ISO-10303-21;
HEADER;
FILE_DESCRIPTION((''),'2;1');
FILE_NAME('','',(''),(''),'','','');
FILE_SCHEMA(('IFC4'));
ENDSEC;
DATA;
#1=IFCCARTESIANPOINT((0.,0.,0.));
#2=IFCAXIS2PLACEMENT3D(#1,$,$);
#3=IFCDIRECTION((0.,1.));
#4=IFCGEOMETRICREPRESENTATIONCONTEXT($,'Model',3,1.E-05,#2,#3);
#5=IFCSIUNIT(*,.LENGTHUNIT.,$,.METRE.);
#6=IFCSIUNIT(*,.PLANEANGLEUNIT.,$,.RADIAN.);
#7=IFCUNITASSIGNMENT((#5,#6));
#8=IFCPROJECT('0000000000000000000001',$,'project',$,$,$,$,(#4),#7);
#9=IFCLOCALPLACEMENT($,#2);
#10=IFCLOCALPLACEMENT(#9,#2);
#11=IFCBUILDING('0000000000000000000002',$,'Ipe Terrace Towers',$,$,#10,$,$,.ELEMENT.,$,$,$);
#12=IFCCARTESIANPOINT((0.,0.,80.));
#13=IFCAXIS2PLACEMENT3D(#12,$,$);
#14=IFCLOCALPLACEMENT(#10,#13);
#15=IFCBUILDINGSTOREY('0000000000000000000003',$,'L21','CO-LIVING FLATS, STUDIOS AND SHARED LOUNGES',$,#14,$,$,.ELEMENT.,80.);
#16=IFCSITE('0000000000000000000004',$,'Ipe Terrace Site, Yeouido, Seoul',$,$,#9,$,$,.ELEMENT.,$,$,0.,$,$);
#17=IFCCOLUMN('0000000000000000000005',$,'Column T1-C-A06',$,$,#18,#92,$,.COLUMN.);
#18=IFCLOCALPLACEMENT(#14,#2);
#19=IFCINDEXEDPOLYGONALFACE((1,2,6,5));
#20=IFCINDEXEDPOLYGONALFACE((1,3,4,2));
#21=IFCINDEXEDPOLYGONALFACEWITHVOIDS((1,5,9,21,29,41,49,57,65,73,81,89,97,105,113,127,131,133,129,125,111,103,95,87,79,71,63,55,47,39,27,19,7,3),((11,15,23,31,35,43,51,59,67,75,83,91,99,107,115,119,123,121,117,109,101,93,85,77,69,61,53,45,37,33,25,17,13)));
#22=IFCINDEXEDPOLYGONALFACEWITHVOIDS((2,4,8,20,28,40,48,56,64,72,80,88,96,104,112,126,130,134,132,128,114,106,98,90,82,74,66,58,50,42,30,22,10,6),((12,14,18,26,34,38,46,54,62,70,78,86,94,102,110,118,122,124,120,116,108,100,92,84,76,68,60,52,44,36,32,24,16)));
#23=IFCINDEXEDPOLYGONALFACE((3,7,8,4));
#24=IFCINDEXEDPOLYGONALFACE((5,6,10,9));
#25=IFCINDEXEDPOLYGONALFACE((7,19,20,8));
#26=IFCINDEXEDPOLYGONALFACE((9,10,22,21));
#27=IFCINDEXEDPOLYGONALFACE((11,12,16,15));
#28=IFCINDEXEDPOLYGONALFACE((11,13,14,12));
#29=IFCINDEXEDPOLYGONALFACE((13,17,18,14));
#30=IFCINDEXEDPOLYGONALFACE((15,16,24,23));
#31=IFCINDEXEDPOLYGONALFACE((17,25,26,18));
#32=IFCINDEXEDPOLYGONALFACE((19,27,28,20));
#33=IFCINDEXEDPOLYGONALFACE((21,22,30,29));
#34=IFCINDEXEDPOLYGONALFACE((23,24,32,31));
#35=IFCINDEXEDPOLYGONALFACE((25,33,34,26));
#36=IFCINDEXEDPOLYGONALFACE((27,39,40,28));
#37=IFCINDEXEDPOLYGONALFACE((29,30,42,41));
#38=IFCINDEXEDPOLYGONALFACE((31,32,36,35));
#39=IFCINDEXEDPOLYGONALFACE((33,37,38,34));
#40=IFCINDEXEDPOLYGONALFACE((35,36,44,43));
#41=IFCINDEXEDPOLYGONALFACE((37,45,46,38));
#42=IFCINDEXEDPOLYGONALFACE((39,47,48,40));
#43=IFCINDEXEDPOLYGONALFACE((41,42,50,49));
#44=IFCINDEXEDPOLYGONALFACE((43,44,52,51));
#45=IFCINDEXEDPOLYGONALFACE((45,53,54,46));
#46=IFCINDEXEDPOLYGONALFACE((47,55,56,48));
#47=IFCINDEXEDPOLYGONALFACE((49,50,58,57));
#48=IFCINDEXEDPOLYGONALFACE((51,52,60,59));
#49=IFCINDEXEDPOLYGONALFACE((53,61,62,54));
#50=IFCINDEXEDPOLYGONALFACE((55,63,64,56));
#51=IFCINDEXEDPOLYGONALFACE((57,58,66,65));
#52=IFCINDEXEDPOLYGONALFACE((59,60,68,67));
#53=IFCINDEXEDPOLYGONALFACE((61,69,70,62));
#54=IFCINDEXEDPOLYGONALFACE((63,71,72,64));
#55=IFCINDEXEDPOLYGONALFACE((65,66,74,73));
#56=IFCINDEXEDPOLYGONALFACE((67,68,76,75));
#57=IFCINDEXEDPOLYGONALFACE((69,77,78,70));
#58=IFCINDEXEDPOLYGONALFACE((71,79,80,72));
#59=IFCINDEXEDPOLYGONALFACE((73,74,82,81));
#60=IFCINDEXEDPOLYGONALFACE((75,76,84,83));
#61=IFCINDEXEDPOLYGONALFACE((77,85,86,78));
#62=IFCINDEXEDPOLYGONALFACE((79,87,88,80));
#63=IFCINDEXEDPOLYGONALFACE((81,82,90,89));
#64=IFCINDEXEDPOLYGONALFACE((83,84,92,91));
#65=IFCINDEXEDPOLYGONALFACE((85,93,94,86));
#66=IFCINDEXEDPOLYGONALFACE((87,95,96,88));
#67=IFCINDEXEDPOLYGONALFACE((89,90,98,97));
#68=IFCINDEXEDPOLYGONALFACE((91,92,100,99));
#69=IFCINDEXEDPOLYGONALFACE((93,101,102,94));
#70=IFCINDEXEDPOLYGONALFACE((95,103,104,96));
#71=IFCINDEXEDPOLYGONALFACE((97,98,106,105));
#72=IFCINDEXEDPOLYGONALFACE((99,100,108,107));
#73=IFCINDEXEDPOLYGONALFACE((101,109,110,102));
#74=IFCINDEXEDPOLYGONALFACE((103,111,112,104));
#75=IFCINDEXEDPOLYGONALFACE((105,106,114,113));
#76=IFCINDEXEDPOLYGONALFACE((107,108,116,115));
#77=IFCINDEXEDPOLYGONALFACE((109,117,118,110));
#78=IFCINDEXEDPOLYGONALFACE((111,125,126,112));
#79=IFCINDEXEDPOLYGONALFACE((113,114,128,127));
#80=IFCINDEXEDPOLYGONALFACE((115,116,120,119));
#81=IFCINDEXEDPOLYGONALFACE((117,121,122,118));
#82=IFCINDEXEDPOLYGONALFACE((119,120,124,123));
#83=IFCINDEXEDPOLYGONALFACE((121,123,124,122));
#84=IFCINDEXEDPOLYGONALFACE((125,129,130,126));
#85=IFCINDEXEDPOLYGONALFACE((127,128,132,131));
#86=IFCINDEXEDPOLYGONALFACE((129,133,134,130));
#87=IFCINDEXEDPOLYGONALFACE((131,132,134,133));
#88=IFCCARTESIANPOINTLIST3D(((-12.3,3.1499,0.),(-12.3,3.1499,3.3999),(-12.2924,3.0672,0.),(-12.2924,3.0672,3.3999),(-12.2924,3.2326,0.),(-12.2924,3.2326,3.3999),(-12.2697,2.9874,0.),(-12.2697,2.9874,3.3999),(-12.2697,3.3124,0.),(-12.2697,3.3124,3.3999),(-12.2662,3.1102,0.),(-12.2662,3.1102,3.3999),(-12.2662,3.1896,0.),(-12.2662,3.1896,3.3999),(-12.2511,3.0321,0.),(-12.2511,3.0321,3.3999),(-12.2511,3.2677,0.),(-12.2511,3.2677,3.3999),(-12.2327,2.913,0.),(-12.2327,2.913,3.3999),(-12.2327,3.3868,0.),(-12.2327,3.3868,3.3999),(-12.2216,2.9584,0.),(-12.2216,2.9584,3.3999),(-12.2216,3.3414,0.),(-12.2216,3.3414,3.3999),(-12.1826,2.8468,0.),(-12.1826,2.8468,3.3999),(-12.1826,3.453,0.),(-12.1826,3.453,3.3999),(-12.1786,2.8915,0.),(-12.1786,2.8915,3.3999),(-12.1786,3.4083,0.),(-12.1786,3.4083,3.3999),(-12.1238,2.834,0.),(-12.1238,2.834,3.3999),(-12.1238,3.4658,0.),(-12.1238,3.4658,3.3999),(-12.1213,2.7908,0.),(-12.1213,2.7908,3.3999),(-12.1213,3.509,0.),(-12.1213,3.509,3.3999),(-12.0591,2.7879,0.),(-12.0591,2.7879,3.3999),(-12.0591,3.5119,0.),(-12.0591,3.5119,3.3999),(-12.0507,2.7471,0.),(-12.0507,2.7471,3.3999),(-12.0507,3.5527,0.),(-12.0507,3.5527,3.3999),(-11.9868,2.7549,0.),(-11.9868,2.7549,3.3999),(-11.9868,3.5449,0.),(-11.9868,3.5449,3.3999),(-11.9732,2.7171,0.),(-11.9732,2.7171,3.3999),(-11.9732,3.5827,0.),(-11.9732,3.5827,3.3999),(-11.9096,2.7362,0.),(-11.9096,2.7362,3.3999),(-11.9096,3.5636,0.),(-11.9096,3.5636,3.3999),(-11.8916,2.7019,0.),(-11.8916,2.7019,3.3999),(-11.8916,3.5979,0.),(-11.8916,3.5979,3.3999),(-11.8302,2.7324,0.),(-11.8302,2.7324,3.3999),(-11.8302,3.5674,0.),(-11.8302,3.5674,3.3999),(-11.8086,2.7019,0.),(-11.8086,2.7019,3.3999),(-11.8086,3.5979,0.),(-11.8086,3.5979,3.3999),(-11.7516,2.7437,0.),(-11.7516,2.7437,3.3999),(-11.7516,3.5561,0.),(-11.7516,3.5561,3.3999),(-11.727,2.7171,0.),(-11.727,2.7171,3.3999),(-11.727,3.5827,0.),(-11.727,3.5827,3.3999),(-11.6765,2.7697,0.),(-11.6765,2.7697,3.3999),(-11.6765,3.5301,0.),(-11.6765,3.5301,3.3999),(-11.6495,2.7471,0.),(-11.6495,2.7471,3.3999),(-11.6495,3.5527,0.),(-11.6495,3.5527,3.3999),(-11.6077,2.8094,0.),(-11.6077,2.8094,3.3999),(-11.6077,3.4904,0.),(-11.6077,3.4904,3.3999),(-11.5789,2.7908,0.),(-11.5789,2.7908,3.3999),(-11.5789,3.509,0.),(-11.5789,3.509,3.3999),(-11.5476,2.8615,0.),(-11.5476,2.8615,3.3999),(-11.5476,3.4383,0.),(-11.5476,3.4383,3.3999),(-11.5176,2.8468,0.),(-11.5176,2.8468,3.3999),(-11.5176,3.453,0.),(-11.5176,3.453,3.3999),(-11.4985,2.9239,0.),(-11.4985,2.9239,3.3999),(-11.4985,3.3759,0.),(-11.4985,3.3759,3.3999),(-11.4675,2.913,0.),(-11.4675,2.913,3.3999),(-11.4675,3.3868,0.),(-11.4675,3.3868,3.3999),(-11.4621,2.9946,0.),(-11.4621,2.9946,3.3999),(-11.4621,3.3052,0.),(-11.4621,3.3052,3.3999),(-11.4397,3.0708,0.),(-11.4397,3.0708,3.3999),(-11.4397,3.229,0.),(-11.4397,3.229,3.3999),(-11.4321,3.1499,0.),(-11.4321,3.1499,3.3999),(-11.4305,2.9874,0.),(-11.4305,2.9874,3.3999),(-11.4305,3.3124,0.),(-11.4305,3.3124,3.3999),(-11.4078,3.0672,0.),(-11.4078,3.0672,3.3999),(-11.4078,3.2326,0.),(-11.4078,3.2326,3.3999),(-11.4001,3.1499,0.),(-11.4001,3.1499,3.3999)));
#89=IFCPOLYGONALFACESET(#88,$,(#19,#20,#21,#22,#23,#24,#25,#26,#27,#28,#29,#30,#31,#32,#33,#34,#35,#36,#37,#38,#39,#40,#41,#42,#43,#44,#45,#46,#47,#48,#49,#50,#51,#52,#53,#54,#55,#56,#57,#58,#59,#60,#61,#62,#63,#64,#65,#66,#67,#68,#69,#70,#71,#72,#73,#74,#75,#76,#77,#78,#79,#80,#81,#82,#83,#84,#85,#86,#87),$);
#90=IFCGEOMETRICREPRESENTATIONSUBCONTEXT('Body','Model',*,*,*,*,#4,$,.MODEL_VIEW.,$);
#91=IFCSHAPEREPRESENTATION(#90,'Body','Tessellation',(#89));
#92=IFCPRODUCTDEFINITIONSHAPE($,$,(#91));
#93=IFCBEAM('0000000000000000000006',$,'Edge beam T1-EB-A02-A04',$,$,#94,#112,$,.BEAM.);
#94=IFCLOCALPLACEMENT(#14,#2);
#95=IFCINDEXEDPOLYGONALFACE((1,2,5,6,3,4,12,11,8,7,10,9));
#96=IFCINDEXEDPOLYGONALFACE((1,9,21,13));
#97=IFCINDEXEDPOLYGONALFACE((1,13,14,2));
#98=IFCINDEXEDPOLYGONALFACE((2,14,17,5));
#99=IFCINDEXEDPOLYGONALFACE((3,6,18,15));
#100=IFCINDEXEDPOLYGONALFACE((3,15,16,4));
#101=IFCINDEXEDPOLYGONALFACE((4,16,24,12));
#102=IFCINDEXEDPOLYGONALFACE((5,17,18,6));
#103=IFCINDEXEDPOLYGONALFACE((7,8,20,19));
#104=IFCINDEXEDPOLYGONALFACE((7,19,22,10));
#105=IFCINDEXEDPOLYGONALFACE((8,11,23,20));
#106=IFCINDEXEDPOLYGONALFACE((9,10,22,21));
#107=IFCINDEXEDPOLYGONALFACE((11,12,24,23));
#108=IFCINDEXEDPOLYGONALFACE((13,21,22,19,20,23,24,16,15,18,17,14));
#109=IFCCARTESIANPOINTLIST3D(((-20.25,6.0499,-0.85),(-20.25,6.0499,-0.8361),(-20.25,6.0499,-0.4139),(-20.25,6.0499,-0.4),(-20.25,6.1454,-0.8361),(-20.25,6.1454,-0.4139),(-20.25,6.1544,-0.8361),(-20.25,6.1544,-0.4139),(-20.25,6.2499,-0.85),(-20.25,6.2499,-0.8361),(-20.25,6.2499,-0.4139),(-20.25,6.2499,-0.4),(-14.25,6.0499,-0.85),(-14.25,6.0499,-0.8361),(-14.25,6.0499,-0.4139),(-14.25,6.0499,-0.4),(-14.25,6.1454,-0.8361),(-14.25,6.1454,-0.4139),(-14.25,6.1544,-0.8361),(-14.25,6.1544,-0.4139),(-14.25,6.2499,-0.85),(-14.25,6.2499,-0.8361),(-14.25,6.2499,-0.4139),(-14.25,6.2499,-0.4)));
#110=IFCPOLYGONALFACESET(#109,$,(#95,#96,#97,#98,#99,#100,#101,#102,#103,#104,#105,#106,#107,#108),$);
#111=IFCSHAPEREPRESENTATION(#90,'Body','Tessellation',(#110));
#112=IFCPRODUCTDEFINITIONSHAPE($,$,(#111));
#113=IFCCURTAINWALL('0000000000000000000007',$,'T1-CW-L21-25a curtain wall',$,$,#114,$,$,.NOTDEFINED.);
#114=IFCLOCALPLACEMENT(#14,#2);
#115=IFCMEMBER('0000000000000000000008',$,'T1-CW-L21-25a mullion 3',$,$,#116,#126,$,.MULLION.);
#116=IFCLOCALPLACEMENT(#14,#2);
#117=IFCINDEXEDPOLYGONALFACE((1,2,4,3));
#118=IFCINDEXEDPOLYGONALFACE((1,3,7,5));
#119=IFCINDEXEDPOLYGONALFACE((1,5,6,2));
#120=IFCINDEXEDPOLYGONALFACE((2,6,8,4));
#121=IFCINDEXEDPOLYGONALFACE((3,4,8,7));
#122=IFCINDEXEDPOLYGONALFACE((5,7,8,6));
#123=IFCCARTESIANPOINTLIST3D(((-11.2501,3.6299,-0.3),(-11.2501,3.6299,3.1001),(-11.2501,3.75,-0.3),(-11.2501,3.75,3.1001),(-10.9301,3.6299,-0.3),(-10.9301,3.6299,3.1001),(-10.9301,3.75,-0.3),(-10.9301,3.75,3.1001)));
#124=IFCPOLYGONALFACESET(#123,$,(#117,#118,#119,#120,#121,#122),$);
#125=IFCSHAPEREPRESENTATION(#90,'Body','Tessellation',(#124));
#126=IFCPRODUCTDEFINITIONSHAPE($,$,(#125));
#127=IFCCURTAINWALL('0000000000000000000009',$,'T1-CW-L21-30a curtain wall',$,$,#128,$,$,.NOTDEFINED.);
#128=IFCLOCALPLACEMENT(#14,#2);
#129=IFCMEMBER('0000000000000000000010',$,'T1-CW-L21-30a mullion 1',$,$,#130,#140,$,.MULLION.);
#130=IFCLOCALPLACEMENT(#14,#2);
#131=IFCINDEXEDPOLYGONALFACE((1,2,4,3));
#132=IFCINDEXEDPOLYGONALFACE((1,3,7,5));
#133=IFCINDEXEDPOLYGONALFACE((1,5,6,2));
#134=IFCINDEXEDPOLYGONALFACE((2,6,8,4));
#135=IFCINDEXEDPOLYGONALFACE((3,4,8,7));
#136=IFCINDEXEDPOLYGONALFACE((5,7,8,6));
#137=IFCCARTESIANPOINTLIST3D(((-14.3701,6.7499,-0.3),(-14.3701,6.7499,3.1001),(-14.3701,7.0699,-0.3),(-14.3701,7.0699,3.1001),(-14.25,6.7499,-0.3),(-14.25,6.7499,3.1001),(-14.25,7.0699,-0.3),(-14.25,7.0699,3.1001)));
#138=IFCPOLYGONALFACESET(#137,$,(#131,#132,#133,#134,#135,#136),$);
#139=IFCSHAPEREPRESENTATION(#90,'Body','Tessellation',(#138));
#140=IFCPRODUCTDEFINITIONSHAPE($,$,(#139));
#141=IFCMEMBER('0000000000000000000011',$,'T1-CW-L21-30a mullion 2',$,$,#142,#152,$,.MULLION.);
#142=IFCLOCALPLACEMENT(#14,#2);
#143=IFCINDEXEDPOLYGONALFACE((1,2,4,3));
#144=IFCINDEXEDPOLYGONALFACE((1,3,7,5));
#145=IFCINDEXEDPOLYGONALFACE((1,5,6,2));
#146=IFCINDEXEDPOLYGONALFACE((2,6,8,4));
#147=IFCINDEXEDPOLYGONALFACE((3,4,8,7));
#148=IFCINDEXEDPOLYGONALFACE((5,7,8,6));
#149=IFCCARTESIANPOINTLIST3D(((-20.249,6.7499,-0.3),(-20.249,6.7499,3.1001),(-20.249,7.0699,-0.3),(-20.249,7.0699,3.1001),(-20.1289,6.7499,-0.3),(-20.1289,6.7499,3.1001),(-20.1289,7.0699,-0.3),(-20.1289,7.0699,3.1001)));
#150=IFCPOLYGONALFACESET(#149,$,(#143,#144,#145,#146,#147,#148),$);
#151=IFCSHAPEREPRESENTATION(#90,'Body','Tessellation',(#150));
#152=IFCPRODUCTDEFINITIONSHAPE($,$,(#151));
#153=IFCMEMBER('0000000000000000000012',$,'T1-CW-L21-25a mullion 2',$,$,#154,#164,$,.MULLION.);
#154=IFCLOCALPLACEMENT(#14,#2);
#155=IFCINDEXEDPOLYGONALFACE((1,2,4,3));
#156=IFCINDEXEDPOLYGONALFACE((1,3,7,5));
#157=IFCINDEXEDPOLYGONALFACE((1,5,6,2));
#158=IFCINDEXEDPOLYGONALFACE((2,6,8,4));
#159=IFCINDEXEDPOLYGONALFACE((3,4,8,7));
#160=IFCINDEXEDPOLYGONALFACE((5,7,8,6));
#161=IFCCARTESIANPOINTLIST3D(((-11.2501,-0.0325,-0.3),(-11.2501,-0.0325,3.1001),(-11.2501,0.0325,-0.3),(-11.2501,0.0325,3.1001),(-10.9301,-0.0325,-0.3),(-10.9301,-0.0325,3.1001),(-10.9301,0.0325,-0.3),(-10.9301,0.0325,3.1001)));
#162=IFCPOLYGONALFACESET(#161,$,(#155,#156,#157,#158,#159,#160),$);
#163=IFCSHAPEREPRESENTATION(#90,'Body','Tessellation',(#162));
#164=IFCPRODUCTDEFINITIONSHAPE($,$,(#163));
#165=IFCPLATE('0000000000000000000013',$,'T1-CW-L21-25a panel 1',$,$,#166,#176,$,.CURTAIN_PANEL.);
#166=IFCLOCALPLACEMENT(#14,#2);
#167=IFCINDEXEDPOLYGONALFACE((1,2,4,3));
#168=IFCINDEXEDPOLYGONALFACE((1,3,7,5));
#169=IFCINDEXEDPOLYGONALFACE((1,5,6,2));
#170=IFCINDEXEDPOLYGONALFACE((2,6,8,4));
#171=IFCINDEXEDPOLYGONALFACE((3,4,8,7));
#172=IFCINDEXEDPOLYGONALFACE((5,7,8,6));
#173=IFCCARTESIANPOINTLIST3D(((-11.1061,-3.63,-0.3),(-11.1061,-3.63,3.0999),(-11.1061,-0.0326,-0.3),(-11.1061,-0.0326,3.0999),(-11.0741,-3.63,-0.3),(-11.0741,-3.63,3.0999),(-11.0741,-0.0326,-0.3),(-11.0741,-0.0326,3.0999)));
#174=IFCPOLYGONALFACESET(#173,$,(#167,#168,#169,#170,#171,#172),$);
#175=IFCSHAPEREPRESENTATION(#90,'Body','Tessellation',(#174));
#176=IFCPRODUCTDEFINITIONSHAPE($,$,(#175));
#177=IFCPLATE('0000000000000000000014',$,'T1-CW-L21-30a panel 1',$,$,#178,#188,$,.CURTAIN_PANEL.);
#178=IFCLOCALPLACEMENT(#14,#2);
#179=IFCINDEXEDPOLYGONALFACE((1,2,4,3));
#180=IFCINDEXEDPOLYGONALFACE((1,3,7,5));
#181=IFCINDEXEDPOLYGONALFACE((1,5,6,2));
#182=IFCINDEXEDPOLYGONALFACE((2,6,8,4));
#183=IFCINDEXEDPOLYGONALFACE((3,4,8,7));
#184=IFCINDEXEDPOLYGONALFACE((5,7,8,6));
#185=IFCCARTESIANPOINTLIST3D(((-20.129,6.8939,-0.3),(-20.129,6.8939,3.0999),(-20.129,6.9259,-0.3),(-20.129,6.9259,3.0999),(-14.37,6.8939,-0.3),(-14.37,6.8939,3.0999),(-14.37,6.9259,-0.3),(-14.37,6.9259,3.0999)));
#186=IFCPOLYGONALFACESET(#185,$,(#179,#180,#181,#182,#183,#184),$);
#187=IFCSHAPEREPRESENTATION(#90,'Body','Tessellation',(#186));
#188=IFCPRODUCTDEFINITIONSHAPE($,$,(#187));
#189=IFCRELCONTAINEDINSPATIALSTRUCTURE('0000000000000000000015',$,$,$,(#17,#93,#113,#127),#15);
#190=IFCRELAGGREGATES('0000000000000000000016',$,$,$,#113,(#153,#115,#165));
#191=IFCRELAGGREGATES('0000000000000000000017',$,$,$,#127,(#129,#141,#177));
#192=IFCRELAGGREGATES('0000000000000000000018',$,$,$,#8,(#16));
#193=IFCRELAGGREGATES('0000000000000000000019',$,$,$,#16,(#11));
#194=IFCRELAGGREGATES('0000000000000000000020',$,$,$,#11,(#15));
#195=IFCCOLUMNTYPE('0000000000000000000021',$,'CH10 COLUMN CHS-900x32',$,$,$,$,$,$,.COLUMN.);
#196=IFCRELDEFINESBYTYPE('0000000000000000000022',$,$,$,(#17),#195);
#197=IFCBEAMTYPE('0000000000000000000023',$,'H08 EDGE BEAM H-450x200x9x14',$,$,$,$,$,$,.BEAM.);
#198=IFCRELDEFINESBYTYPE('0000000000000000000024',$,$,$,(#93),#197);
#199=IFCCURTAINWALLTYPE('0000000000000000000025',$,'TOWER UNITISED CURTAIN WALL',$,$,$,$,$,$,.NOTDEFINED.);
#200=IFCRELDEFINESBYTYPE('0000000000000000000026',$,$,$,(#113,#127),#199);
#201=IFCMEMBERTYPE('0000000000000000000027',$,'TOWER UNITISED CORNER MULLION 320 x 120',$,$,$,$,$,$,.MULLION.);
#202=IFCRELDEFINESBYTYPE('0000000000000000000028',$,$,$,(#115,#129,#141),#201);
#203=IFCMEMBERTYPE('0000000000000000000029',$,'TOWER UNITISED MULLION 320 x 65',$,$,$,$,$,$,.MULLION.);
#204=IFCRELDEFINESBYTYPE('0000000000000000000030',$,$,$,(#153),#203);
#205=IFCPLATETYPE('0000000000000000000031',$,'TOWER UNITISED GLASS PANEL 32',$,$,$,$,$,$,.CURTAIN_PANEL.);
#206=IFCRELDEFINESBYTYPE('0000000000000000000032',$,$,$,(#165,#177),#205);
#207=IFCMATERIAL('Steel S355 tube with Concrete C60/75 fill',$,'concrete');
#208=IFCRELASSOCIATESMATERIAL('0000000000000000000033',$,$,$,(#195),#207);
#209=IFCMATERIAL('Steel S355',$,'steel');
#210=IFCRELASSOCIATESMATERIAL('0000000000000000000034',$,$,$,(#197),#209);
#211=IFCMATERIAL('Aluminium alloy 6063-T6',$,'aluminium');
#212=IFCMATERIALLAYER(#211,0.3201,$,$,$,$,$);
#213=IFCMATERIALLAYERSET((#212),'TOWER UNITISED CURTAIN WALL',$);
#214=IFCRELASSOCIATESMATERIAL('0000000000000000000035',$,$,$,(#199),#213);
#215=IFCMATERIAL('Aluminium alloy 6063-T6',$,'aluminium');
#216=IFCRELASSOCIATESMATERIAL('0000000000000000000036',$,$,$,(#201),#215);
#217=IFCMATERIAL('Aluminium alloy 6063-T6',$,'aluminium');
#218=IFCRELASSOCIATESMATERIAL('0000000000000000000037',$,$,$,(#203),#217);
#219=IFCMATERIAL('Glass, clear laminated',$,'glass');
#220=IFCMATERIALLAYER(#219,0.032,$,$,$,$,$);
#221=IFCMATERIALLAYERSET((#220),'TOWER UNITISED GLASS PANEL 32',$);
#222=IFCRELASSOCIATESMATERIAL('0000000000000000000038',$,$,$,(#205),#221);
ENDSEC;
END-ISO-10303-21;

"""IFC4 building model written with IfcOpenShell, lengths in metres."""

from ifc_helpers import new_model, si_unit, direction, frame, origin, origin_2d, place, context, subcontext, project, spatial, rectangle, hollow_circle, i_section, extrude, material, layer, layer_set, material_profile, profile_set, type_object, element, aggregate, save


model = new_model("IFC4")

# Units and contexts
model_context = context("Model", 3, precision=1e-05, world=origin(), true_north=direction((0.0, 1.0)))
body_context = subcontext(model_context, "Body", "Model", "MODEL_VIEW")
ifc_project = project(units=[si_unit("LENGTHUNIT", "METRE"), si_unit("PLANEANGLEUNIT", "RADIAN")], contexts=[model_context])

# Site, building, storey
site_placement = place(None, origin())
site = spatial("IfcSite", under=ifc_project, at=site_placement, Name="Ipe Terrace Site, Yeouido, Seoul", CompositionType="ELEMENT", RefElevation=0.0)
building_placement = place(site_placement, origin())
building = spatial("IfcBuilding", under=site, at=building_placement, Name="Ipe Terrace Towers", CompositionType="ELEMENT")
storey_placement = place(building_placement, frame((0.0, 0.0, 80.0)))
storey = spatial("IfcBuildingStorey", under=building, at=storey_placement, Name="L21", Description="CO-LIVING FLATS, STUDIOS AND SHARED LOUNGES", CompositionType="ELEMENT", Elevation=80.0)

# Column
ifc_material_1 = material(Name="Steel S355 tube with Concrete C60/75 fill", Category="concrete")
ifc_material_profile_1 = material_profile(ifc_material_1, hollow_circle(Radius=0.45, WallThickness=0.032, at=origin_2d()), Name="CHS-900x32")
ifc_profile_set_1 = profile_set([ifc_material_profile_1], Name="Steel S355 tube with Concrete C60/75 fill")
column_type = type_object("IfcColumnType", Name="CH10 COLUMN CHS-900x32", PredefinedType="COLUMN", material=ifc_profile_set_1)
for number, where, z_axis, x_axis, name in (
    (1, (-11.8501, 3.1499, 0.0), (0.0, 0.0, 1.0), (1.0, 0.0, 0.0), "Column T1-C-A06"),
):
    element("IfcColumn", number, at=place(storey_placement, frame(where, z_axis=z_axis, x_axis=x_axis)), inside=storey, type_object=column_type, Name=name, PredefinedType="COLUMN", context=body_context, shape_type="SweptSolid", body=[
        extrude(hollow_circle(Radius=0.45, WallThickness=0.032, at=origin_2d()), origin(), (0.0, 0.0, 1.0), 3.3999),
    ])

# Beam
ifc_material_2 = material(Name="Steel S355", Category="steel")
ifc_material_profile_2 = material_profile(ifc_material_2, i_section(OverallWidth=0.2, OverallDepth=0.45, WebThickness=0.009, FlangeThickness=0.0139, at=origin_2d()), Name="H-450x200x9x14")
ifc_profile_set_2 = profile_set([ifc_material_profile_2], Name="Steel S355")
beam_type = type_object("IfcBeamType", Name="H08 EDGE BEAM H-450x200x9x14", PredefinedType="BEAM", material=ifc_profile_set_2)
beam_placement = place(storey_placement, frame((-20.25, 6.1499, -0.625), z_axis=(1.0, 0.0, 0.0), x_axis=(0.0, 1.0, 0.0)))
element("IfcBeam", 2, at=beam_placement, inside=storey, type_object=beam_type, Name="Edge beam T1-EB-A02-A04", PredefinedType="BEAM", context=body_context, shape_type="SweptSolid", body=[
    extrude(i_section(OverallWidth=0.2, OverallDepth=0.45, WebThickness=0.009, FlangeThickness=0.0139, at=origin_2d()), origin(), (0.0, 0.0, 1.0), 6.0),
])

# Curtain wall, member
ifc_material_3 = material(Name="Aluminium alloy 6063-T6", Category="aluminium")
ifc_layer_1 = layer(ifc_material_3, 0.3201)
ifc_layer_set_1 = layer_set([ifc_layer_1], Name="TOWER UNITISED CURTAIN WALL")
curtain_wall_type = type_object("IfcCurtainWallType", Name="TOWER UNITISED CURTAIN WALL", PredefinedType="NOTDEFINED", material=ifc_layer_set_1)
curtain_wall_1_placement = place(storey_placement, origin())
curtain_wall_1 = element("IfcCurtainWall", 3, at=curtain_wall_1_placement, inside=storey, type_object=curtain_wall_type, Name="T1-CW-L21-25a curtain wall", PredefinedType="NOTDEFINED")
ifc_material_4 = material(Name="Aluminium alloy 6063-T6", Category="aluminium")
ifc_material_profile_3 = material_profile(ifc_material_4, rectangle(XDim=0.3201, YDim=0.1201, at=origin_2d()), Name="TOWER UNITISED CORNER MULLION 320 x 120")
ifc_profile_set_3 = profile_set([ifc_material_profile_3], Name="Aluminium alloy 6063-T6")
member_type_1 = type_object("IfcMemberType", Name="TOWER UNITISED CORNER MULLION 320 x 120", PredefinedType="MULLION", material=ifc_profile_set_3)
member_1_placement = place(storey_placement, frame((-11.0901, 3.6899, -0.3), z_axis=(0.0, 0.0, 1.0), x_axis=(1.0, 0.0, 0.0)))
member_1 = element("IfcMember", 4, at=member_1_placement, type_object=member_type_1, Name="T1-CW-L21-25a mullion 3", PredefinedType="MULLION", context=body_context, shape_type="SweptSolid", body=[
    extrude(rectangle(XDim=0.3201, YDim=0.1201, at=origin_2d()), origin(), (0.0, 0.0, 1.0), 3.4001),
])

# Curtain wall, members
curtain_wall_2_placement = place(storey_placement, origin())
curtain_wall_2 = element("IfcCurtainWall", 5, at=curtain_wall_2_placement, inside=storey, type_object=curtain_wall_type, Name="T1-CW-L21-30a curtain wall", PredefinedType="NOTDEFINED")
member_2_placement = place(storey_placement, frame((-14.3101, 6.9099, -0.3), z_axis=(0.0, 0.0, 1.0), x_axis=(0.0, 1.0, 0.0)))
member_2 = element("IfcMember", 6, at=member_2_placement, type_object=member_type_1, Name="T1-CW-L21-30a mullion 1", PredefinedType="MULLION", context=body_context, shape_type="SweptSolid", body=[
    extrude(rectangle(XDim=0.3201, YDim=0.1201, at=origin_2d()), origin(), (0.0, 0.0, 1.0), 3.4001),
])
member_3_placement = place(storey_placement, frame((-20.189, 6.9099, -0.3), z_axis=(0.0, 0.0, 1.0), x_axis=(0.0, 1.0, 0.0)))
member_3 = element("IfcMember", 7, at=member_3_placement, type_object=member_type_1, Name="T1-CW-L21-30a mullion 2", PredefinedType="MULLION", context=body_context, shape_type="SweptSolid", body=[
    extrude(rectangle(XDim=0.3201, YDim=0.1201, at=origin_2d()), origin(), (0.0, 0.0, 1.0), 3.4001),
])

# Member
ifc_material_5 = material(Name="Aluminium alloy 6063-T6", Category="aluminium")
ifc_material_profile_4 = material_profile(ifc_material_5, rectangle(XDim=0.3201, YDim=0.0649, at=origin_2d()), Name="TOWER UNITISED MULLION 320 x 65")
ifc_profile_set_4 = profile_set([ifc_material_profile_4], Name="Aluminium alloy 6063-T6")
member_type_2 = type_object("IfcMemberType", Name="TOWER UNITISED MULLION 320 x 65", PredefinedType="MULLION", material=ifc_profile_set_4)
member_4_placement = place(storey_placement, frame((-11.0901, 0.0, -0.3), z_axis=(0.0, 0.0, 1.0), x_axis=(1.0, 0.0, 0.0)))
member_4 = element("IfcMember", 8, at=member_4_placement, type_object=member_type_2, Name="T1-CW-L21-25a mullion 2", PredefinedType="MULLION", context=body_context, shape_type="SweptSolid", body=[
    extrude(rectangle(XDim=0.3201, YDim=0.0649, at=origin_2d()), origin(), (0.0, 0.0, 1.0), 3.4001),
])

# Plates
ifc_material_6 = material(Name="Glass, clear laminated", Category="glass")
ifc_layer_2 = layer(ifc_material_6, 0.032)
ifc_layer_set_2 = layer_set([ifc_layer_2], Name="TOWER UNITISED GLASS PANEL 32")
plate_type = type_object("IfcPlateType", Name="TOWER UNITISED GLASS PANEL 32", PredefinedType="CURTAIN_PANEL", material=ifc_layer_set_2)
plate_1_placement = place(storey_placement, frame((-11.0901, -1.8313, -0.3), z_axis=(0.0, 0.0, 1.0), x_axis=(0.0, 1.0, 0.0)))
plate_1 = element("IfcPlate", 9, at=plate_1_placement, type_object=plate_type, Name="T1-CW-L21-25a panel 1", PredefinedType="CURTAIN_PANEL", context=body_context, shape_type="SweptSolid", body=[
    extrude(rectangle(XDim=3.5974, YDim=0.032, at=origin_2d()), origin(), (0.0, 0.0, 1.0), 3.3999),
])
aggregate(curtain_wall_1, [member_4, member_1, plate_1])
plate_2_placement = place(storey_placement, frame((-17.2495, 6.9099, -0.3), z_axis=(0.0, 0.0, 1.0), x_axis=(-1.0, 0.0, 0.0)))
plate_2 = element("IfcPlate", 10, at=plate_2_placement, type_object=plate_type, Name="T1-CW-L21-30a panel 1", PredefinedType="CURTAIN_PANEL", context=body_context, shape_type="SweptSolid", body=[
    extrude(rectangle(XDim=5.759, YDim=0.032, at=origin_2d()), origin(), (0.0, 0.0, 1.0), 3.3999),
])
aggregate(curtain_wall_2, [member_2, member_3, plate_2])

save(model, "model.ifc")
